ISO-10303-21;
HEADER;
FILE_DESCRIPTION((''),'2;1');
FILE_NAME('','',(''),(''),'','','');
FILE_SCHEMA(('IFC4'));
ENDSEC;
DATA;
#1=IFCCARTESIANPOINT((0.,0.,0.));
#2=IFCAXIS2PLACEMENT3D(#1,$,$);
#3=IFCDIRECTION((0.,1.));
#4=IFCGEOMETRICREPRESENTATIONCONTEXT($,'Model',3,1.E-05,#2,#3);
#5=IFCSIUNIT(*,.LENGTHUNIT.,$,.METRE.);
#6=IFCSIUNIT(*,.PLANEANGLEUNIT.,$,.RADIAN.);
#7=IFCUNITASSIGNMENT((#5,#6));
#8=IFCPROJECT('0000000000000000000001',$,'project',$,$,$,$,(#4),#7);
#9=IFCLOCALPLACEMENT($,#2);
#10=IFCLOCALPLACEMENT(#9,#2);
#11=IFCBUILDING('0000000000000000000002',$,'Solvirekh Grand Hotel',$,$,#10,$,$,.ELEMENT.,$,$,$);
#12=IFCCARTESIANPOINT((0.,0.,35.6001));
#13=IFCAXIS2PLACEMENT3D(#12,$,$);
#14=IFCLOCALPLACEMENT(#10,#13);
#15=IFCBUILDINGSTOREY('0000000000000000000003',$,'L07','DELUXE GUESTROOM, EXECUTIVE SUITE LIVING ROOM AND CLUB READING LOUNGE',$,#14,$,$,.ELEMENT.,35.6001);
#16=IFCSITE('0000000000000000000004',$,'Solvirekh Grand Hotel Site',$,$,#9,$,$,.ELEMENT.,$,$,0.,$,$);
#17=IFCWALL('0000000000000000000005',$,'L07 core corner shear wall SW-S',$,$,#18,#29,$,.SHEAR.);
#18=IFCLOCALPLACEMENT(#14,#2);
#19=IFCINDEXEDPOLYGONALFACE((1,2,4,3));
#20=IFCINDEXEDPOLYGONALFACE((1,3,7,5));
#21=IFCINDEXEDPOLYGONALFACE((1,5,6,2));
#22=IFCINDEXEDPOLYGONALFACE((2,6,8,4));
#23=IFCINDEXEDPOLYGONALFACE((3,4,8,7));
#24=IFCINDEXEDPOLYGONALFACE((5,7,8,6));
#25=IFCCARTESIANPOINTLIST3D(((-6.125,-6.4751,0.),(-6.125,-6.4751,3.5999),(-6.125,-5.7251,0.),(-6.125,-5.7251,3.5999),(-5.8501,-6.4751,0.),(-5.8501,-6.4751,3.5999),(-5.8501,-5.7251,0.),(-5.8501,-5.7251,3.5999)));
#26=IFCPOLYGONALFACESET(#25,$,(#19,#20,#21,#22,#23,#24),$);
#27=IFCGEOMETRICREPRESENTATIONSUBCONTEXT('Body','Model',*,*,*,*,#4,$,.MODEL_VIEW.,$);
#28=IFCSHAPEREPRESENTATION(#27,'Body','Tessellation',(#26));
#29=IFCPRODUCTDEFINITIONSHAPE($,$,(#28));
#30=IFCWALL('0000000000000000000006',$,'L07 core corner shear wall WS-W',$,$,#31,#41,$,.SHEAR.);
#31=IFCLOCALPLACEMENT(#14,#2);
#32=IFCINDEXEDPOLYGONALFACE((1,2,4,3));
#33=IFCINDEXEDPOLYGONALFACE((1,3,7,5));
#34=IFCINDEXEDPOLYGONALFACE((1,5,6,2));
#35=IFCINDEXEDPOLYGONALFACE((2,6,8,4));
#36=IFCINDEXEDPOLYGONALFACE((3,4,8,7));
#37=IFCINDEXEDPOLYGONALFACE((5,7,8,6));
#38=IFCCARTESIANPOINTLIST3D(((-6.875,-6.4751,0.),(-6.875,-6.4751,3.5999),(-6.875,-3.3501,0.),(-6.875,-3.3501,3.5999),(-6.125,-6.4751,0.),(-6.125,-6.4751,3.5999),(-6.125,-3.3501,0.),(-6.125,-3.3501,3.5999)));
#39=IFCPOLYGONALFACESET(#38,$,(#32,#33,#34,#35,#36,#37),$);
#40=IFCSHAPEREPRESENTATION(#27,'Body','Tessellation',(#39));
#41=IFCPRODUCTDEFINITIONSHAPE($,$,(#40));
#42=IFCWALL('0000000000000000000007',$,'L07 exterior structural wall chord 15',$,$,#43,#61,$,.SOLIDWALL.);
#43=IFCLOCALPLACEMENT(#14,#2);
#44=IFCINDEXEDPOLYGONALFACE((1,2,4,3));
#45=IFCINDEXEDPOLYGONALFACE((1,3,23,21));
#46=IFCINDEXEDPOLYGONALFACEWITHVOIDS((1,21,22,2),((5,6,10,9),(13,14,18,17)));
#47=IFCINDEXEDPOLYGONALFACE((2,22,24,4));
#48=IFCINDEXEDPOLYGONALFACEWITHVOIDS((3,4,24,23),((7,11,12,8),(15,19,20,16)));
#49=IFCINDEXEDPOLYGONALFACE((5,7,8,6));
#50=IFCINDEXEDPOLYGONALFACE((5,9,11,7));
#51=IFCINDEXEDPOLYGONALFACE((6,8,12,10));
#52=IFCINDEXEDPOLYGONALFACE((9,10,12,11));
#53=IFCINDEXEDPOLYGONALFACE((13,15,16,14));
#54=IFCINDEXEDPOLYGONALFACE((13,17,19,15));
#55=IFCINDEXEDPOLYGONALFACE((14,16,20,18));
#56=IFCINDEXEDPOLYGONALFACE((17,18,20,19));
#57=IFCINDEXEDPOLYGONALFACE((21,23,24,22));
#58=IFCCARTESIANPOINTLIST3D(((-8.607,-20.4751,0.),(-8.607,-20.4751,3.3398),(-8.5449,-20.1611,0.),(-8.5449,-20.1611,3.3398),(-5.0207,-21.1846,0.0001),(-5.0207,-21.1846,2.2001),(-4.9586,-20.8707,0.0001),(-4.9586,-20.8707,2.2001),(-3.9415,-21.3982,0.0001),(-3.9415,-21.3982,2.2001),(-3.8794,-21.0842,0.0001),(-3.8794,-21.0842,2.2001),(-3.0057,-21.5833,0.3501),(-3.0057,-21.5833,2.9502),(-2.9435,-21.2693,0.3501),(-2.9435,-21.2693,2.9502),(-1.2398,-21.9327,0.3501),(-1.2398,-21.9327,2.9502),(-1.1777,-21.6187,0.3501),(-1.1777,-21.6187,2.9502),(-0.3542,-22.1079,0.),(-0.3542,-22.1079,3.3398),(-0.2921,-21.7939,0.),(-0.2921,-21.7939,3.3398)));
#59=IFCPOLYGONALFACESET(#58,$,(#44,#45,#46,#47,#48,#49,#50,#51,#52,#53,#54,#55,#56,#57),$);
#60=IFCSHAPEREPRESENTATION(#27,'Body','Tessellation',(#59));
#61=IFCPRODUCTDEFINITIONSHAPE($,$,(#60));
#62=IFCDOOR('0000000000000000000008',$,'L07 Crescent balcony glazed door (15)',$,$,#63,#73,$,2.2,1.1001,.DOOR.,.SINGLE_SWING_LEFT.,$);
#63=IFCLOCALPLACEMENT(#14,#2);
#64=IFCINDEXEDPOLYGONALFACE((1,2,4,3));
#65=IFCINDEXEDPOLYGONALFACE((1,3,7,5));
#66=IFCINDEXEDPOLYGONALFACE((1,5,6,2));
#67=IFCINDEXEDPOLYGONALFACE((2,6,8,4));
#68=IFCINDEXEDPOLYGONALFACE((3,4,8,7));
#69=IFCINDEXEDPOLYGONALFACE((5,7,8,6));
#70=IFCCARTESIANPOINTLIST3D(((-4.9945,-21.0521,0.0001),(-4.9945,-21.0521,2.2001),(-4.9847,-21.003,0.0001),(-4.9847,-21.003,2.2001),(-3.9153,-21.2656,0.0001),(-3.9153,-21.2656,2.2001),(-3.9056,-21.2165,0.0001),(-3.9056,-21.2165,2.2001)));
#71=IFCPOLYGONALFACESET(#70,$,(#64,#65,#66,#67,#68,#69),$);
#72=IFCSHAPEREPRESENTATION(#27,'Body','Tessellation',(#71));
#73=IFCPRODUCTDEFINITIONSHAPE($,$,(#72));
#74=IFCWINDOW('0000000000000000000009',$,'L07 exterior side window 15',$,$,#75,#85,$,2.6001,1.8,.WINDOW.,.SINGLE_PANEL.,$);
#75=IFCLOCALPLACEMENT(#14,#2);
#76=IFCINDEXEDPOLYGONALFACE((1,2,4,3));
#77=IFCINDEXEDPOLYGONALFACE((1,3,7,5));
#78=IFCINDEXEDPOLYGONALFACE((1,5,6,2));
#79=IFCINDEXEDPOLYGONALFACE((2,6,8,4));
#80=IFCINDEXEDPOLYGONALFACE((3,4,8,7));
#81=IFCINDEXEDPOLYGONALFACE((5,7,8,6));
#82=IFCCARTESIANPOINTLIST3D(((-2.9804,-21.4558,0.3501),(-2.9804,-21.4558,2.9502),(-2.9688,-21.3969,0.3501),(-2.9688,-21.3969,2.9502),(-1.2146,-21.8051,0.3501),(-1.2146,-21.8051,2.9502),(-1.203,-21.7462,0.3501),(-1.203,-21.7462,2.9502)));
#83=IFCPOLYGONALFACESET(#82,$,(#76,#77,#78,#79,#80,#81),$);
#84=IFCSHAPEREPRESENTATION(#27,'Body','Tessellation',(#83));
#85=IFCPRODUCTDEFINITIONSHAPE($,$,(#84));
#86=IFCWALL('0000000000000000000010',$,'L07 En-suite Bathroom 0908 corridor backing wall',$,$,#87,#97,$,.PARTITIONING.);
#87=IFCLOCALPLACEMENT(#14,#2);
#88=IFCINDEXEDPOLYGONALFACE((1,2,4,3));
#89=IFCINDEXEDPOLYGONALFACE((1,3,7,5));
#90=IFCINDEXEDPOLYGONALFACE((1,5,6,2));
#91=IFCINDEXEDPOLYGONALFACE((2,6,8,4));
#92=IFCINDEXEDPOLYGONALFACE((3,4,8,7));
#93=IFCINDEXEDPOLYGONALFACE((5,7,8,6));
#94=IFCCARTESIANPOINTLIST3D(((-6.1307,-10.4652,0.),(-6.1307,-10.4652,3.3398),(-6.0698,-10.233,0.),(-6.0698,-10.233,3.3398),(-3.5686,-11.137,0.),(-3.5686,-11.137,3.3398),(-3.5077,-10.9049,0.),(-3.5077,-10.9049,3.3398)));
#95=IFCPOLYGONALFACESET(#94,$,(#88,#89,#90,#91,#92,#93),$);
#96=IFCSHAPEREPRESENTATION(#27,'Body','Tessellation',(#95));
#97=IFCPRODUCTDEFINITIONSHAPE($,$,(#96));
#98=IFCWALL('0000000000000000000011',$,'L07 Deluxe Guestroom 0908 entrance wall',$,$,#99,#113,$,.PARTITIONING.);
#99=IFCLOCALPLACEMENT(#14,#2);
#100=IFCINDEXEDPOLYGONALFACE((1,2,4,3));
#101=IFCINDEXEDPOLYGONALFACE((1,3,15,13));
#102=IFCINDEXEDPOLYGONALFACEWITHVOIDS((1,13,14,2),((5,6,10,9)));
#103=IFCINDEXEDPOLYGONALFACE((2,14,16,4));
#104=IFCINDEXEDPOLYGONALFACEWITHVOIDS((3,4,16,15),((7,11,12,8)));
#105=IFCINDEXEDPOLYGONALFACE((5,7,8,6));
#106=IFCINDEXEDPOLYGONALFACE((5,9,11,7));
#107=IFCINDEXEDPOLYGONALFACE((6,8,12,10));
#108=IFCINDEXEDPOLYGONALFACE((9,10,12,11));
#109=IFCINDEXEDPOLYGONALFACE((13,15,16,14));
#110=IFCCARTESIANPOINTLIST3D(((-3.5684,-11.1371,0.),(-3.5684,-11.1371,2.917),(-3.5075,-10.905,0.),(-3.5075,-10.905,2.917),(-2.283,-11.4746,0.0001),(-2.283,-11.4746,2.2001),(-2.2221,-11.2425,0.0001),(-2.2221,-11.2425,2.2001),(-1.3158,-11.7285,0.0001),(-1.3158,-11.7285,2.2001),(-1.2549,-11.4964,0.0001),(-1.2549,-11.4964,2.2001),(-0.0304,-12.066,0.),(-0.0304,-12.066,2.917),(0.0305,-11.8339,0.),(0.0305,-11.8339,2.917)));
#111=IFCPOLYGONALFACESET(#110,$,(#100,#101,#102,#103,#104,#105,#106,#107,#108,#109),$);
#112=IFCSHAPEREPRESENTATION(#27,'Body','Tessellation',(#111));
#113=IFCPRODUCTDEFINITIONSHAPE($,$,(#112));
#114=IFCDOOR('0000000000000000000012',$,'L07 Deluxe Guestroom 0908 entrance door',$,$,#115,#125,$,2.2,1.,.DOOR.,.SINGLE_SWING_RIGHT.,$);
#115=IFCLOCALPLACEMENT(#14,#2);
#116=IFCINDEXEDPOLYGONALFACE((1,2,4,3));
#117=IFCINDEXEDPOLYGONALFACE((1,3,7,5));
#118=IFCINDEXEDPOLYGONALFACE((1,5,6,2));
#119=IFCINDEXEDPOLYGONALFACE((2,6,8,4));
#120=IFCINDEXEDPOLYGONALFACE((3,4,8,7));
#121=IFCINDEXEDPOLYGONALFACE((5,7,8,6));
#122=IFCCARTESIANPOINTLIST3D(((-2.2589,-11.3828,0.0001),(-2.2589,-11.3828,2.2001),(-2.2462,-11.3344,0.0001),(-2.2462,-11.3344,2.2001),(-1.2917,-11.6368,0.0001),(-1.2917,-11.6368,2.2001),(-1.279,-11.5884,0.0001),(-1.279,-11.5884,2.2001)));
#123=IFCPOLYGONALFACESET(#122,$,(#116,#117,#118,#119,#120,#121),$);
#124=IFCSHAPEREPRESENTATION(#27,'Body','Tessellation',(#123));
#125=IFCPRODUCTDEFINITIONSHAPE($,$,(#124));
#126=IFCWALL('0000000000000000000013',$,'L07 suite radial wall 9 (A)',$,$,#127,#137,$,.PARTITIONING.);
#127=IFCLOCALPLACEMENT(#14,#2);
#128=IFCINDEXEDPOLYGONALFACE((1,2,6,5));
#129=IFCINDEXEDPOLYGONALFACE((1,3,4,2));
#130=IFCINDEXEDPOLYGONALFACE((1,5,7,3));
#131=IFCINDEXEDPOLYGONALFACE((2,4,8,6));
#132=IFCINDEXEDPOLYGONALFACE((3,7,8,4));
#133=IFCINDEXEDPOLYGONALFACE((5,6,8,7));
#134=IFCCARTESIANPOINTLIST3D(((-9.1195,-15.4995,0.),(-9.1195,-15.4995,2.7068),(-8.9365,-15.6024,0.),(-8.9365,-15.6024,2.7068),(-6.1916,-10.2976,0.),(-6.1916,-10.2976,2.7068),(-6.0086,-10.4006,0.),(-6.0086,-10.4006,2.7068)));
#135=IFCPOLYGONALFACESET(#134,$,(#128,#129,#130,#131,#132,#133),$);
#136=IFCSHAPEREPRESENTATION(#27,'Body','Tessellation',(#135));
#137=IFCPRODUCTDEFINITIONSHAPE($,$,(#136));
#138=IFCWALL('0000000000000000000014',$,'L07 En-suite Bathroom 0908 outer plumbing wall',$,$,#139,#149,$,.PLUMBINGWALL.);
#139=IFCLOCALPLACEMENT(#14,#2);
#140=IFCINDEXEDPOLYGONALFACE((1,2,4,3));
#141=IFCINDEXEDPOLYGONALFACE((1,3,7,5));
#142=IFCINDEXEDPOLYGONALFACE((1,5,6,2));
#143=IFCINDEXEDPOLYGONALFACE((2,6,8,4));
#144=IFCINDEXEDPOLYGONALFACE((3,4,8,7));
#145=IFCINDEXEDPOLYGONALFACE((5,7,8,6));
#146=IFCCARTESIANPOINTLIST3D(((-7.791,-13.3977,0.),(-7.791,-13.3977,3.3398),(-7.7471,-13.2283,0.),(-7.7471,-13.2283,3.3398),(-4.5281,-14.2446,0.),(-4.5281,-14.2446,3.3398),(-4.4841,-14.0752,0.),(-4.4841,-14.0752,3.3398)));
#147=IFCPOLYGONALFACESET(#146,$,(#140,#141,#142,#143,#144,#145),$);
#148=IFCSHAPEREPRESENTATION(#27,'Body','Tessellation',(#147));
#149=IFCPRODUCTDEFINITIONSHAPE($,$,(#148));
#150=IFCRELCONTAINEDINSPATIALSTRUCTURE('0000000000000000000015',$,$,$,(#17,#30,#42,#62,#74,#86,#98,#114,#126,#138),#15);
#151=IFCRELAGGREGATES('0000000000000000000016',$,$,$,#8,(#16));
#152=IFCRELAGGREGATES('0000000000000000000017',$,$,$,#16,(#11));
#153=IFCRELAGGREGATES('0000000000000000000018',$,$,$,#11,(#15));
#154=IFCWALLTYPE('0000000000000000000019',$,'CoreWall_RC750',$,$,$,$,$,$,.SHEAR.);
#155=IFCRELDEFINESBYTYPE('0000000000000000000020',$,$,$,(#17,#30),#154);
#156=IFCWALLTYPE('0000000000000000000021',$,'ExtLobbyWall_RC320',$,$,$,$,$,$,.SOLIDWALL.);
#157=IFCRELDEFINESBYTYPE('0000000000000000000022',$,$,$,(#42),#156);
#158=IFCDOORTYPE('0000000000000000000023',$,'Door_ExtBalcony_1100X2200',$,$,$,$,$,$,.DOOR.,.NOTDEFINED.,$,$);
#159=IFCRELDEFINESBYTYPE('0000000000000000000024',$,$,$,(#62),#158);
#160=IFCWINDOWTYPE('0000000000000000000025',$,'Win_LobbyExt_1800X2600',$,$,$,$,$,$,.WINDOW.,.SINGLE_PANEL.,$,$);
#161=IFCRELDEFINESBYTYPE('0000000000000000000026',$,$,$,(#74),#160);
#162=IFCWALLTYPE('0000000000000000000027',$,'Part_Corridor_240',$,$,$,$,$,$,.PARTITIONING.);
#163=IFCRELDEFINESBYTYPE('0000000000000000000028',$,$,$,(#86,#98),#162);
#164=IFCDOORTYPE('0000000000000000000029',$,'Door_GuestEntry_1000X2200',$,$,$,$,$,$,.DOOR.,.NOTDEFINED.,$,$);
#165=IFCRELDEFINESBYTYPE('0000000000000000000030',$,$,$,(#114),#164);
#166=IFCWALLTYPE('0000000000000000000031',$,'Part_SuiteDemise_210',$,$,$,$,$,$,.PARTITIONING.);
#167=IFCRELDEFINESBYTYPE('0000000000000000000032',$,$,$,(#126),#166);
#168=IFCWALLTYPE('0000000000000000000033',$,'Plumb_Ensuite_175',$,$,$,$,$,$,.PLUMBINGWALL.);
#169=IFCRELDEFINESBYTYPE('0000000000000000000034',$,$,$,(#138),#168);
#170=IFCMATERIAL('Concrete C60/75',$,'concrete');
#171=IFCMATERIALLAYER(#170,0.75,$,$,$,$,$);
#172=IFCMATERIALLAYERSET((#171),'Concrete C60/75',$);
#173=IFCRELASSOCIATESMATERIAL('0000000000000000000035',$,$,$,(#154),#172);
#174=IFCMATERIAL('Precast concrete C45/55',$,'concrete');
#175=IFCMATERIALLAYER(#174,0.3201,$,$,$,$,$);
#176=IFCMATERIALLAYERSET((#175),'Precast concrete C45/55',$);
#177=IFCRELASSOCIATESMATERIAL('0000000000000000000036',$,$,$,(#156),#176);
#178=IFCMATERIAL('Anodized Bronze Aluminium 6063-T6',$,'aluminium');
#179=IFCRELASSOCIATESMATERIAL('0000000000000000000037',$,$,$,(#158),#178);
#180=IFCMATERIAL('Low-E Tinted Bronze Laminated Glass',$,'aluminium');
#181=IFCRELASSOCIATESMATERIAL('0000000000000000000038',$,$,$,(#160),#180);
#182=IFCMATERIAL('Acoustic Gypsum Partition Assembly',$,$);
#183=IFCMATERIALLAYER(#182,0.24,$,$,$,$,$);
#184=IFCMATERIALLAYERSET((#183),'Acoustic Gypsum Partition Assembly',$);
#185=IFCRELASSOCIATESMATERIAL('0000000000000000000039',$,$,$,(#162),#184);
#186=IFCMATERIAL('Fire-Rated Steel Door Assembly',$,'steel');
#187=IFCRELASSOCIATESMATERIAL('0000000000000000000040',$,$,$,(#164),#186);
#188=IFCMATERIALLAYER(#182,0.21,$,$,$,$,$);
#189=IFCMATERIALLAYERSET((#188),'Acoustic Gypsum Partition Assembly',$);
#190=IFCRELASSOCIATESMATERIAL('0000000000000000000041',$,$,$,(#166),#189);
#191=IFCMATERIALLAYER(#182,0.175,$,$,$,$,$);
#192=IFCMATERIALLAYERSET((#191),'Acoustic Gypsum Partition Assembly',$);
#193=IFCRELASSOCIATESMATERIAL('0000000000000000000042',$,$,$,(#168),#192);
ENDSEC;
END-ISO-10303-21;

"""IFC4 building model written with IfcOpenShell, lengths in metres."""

from ifc_helpers import new_model, si_unit, direction, frame, frame_2d, origin, place, context, subcontext, project, spatial, rectangle, extrude, material, layer, layer_set, type_object, element, fill, save


model = new_model("IFC4")

# Units and contexts
model_context = context("Model", 3, precision=1e-05, world=origin(), true_north=direction((0.0, 1.0)))
body_context = subcontext(model_context, "Body", "Model", "MODEL_VIEW")
ifc_project = project(units=[si_unit("LENGTHUNIT", "METRE"), si_unit("PLANEANGLEUNIT", "RADIAN")], contexts=[model_context])

# Site, building, storey
site_placement = place(None, origin())
site = spatial("IfcSite", under=ifc_project, at=site_placement, Name="Solvirekh Grand Hotel Site", CompositionType="ELEMENT", RefElevation=0.0)
building_placement = place(site_placement, origin())
building = spatial("IfcBuilding", under=site, at=building_placement, Name="Solvirekh Grand Hotel", CompositionType="ELEMENT")
storey_placement = place(building_placement, frame((0.0, 0.0, 35.6001)))
storey = spatial("IfcBuildingStorey", under=building, at=storey_placement, Name="L07", Description="DELUXE GUESTROOM, EXECUTIVE SUITE LIVING ROOM AND CLUB READING LOUNGE", CompositionType="ELEMENT", Elevation=35.6001)

# Shared definitions
ifc_material_1 = material(Name="Concrete C60/75", Category="concrete")

# Walls
ifc_layer_1 = layer(ifc_material_1, 0.75)
ifc_layer_set_1 = layer_set([ifc_layer_1], Name="Concrete C60/75")
wall_type_1 = type_object("IfcWallType", Name="CoreWall_RC750", PredefinedType="SHEAR", material=ifc_layer_set_1)
wall_1_placement = place(storey_placement, frame((-6.125, -6.1001, 0.0), z_axis=(0.0, 0.0, 1.0), x_axis=(1.0, 0.0, 0.0)))
element("IfcWall", 1, at=wall_1_placement, inside=storey, type_object=wall_type_1, Name="L07 core corner shear wall SW-S", PredefinedType="SHEAR", context=body_context, shape_type="SweptSolid", body=[
    extrude(rectangle(XDim=0.2749, YDim=0.75, at=frame_2d((0.1375, 0.0))), origin(), (0.0, 0.0, 1.0), 3.5999),
])
wall_2_placement = place(storey_placement, frame((-6.5, -6.4751, 0.0), z_axis=(0.0, 0.0, 1.0), x_axis=(0.0, 1.0, 0.0)))
element("IfcWall", 2, at=wall_2_placement, inside=storey, type_object=wall_type_1, Name="L07 core corner shear wall WS-W", PredefinedType="SHEAR", context=body_context, shape_type="SweptSolid", body=[
    extrude(rectangle(XDim=3.125, YDim=0.75, at=frame_2d((1.5625, 0.0))), origin(), (0.0, 0.0, 1.0), 3.5999),
])

# Wall, openings, door, window
ifc_material_2 = material(Name="Precast concrete C45/55", Category="concrete")
ifc_layer_2 = layer(ifc_material_2, 0.3201)
ifc_layer_set_2 = layer_set([ifc_layer_2], Name="Precast concrete C45/55")
wall_type_2 = type_object("IfcWallType", Name="ExtLobbyWall_RC320", PredefinedType="SOLIDWALL", material=ifc_layer_set_2)
wall_3_placement = place(storey_placement, frame((-0.323, -21.9509, 0.0), z_axis=(0.0, 0.0, 1.0), x_axis=(-0.980985, 0.194084, 0.0)))
wall_3 = element("IfcWall", 3, at=wall_3_placement, inside=storey, type_object=wall_type_2, Name="L07 exterior structural wall chord 15", PredefinedType="SOLIDWALL", context=body_context, shape_type="SweptSolid", body=[
    extrude(rectangle(XDim=8.4128, YDim=0.3201, at=frame_2d((4.2065, 0.0))), origin(), (0.0, 0.0, 1.0), 3.3398),
])
opening_1_placement = place(wall_3_placement, frame((0.9031, 0.0, 0.3501)))
opening_1 = element("IfcOpeningElement", 4, at=opening_1_placement, cuts=wall_3, PredefinedType="OPENING", context=body_context, shape_type="SweptSolid", body=[
    extrude(rectangle(XDim=1.8, YDim=2.6001, at=frame_2d((0.8999, 1.3))), frame((0.0, 0.1699, 0.0), z_axis=(0.0, -1.0, 0.0), x_axis=(1.0, 0.0, 0.0)), (0.0, 0.0, 1.0), 0.3401),
])
opening_2_placement = place(wall_3_placement, frame((3.657, 0.0, 0.0)))
opening_2 = element("IfcOpeningElement", 5, at=opening_2_placement, cuts=wall_3, PredefinedType="OPENING", context=body_context, shape_type="SweptSolid", body=[
    extrude(rectangle(XDim=1.1001, YDim=2.2, at=frame_2d((0.55, 1.1001))), frame((0.0, 0.1699, 0.0), z_axis=(0.0, -1.0, 0.0), x_axis=(1.0, 0.0, 0.0)), (0.0, 0.0, 1.0), 0.3401),
])
ifc_material_3 = material(Name="Anodized Bronze Aluminium 6063-T6", Category="aluminium")
door_type_1 = type_object("IfcDoorType", Name="Door_ExtBalcony_1100X2200", OperationType="NOTDEFINED", PredefinedType="DOOR", material=ifc_material_3)
door_1_placement = place(opening_2_placement, origin())
door_1 = element("IfcDoor", 6, at=door_1_placement, inside=storey, type_object=door_type_1, Name="L07 Crescent balcony glazed door (15)", OperationType="SINGLE_SWING_LEFT", OverallHeight=2.2, OverallWidth=1.1001, PredefinedType="DOOR", context=body_context, shape_type="SweptSolid", body=[
    extrude(rectangle(XDim=1.1001, YDim=2.2, at=frame_2d((0.55, 1.1001))), frame((0.0, 0.0249, 0.0), z_axis=(0.0, -1.0, 0.0), x_axis=(1.0, 0.0, 0.0)), (0.0, 0.0, 1.0), 0.05),
])
fill(opening_2, door_1)
ifc_material_4 = material(Name="Low-E Tinted Bronze Laminated Glass", Category="aluminium")
window_type = type_object("IfcWindowType", Name="Win_LobbyExt_1800X2600", PartitioningType="SINGLE_PANEL", PredefinedType="WINDOW", material=ifc_material_4)
window_placement = place(opening_1_placement, origin())
window = element("IfcWindow", 7, at=window_placement, inside=storey, type_object=window_type, Name="L07 exterior side window 15", OverallHeight=2.6001, OverallWidth=1.8, PartitioningType="SINGLE_PANEL", PredefinedType="WINDOW", context=body_context, shape_type="SweptSolid", body=[
    extrude(rectangle(XDim=1.8, YDim=2.6001, at=frame_2d((0.8999, 1.3))), frame((0.0, 0.03, 0.0), z_axis=(0.0, -1.0, 0.0), x_axis=(1.0, 0.0, 0.0)), (0.0, 0.0, 1.0), 0.0601),
])
fill(opening_1, window)

# Wall
ifc_material_5 = material(Name="Acoustic Gypsum Partition Assembly")
ifc_layer_3 = layer(ifc_material_5, 0.24)
ifc_layer_set_3 = layer_set([ifc_layer_3], Name="Acoustic Gypsum Partition Assembly")
wall_type_3 = type_object("IfcWallType", Name="Part_Corridor_240", PredefinedType="PARTITIONING", material=ifc_layer_set_3)
wall_4_placement = place(storey_placement, frame((-6.1001, -10.3491, 0.0), z_axis=(0.0, 0.0, 1.0), x_axis=(0.967291, -0.253667, 0.0)))
element("IfcWall", 8, at=wall_4_placement, inside=storey, type_object=wall_type_3, Name="L07 En-suite Bathroom 0908 corridor backing wall", PredefinedType="PARTITIONING", context=body_context, shape_type="SweptSolid", body=[
    extrude(rectangle(XDim=2.6487, YDim=0.24, at=frame_2d((1.3242, 0.0))), origin(), (0.0, 0.0, 1.0), 3.3398),
])

# Wall, opening, door
wall_5_placement = place(storey_placement, frame((-3.5381, -11.021, 0.0), z_axis=(0.0, 0.0, 1.0), x_axis=(0.967217, -0.253951, 0.0)))
wall_5 = element("IfcWall", 9, at=wall_5_placement, inside=storey, type_object=wall_type_3, Name="L07 Deluxe Guestroom 0908 entrance wall", PredefinedType="PARTITIONING", context=body_context, shape_type="SweptSolid", body=[
    extrude(rectangle(XDim=3.658, YDim=0.24, at=frame_2d((1.8291, 0.0))), origin(), (0.0, 0.0, 1.0), 2.917),
])
opening_3_placement = place(wall_5_placement, frame((1.3291, 0.0, 0.0)))
opening_3 = element("IfcOpeningElement", 10, at=opening_3_placement, cuts=wall_5, PredefinedType="OPENING", context=body_context, shape_type="SweptSolid", body=[
    extrude(rectangle(XDim=1.0, YDim=2.2, at=frame_2d((0.5, 1.1001))), frame((0.0, 0.1299, 0.0), z_axis=(0.0, -1.0, 0.0), x_axis=(1.0, 0.0, 0.0)), (0.0, 0.0, 1.0), 0.26),
])
ifc_material_6 = material(Name="Fire-Rated Steel Door Assembly", Category="steel")
door_type_2 = type_object("IfcDoorType", Name="Door_GuestEntry_1000X2200", OperationType="NOTDEFINED", PredefinedType="DOOR", material=ifc_material_6)
door_2_placement = place(opening_3_placement, origin())
door_2 = element("IfcDoor", 11, at=door_2_placement, inside=storey, type_object=door_type_2, Name="L07 Deluxe Guestroom 0908 entrance door", OperationType="SINGLE_SWING_RIGHT", OverallHeight=2.2, OverallWidth=1.0, PredefinedType="DOOR", context=body_context, shape_type="SweptSolid", body=[
    extrude(rectangle(XDim=1.0, YDim=2.2, at=frame_2d((0.5, 1.1001))), frame((0.0, 0.0249, 0.0), z_axis=(0.0, -1.0, 0.0), x_axis=(1.0, 0.0, 0.0)), (0.0, 0.0, 1.0), 0.05),
])
fill(opening_3, door_2)

# Walls
ifc_layer_4 = layer(ifc_material_5, 0.21)
ifc_layer_set_4 = layer_set([ifc_layer_4], Name="Acoustic Gypsum Partition Assembly")
wall_type_4 = type_object("IfcWallType", Name="Part_SuiteDemise_210", PredefinedType="PARTITIONING", material=ifc_layer_set_4)
wall_6_placement = place(storey_placement, frame((-6.1001, -10.3491, 0.0), z_axis=(0.0, 0.0, 1.0), x_axis=(-0.490504, -0.871439, 0.0)))
element("IfcWall", 12, at=wall_6_placement, inside=storey, type_object=wall_type_4, Name="L07 suite radial wall 9 (A)", PredefinedType="PARTITIONING", context=body_context, shape_type="SweptSolid", body=[
    extrude(rectangle(XDim=5.9692, YDim=0.21, at=frame_2d((2.9846, 0.0))), origin(), (0.0, 0.0, 1.0), 2.7068),
])
ifc_layer_5 = layer(ifc_material_5, 0.175)
ifc_layer_set_5 = layer_set([ifc_layer_5], Name="Acoustic Gypsum Partition Assembly")
wall_type_5 = type_object("IfcWallType", Name="Plumb_Ensuite_175", PredefinedType="PLUMBINGWALL", material=ifc_layer_set_5)
wall_7_placement = place(storey_placement, frame((-7.769, -13.313, 0.0), z_axis=(0.0, 0.0, 1.0), x_axis=(0.967926, -0.251234, 0.0)))
element("IfcWall", 13, at=wall_7_placement, inside=storey, type_object=wall_type_5, Name="L07 En-suite Bathroom 0908 outer plumbing wall", PredefinedType="PLUMBINGWALL", context=body_context, shape_type="SweptSolid", body=[
    extrude(rectangle(XDim=3.3711, YDim=0.175, at=frame_2d((1.6855, 0.0))), origin(), (0.0, 0.0, 1.0), 3.3398),
])

save(model, "model.ifc")
